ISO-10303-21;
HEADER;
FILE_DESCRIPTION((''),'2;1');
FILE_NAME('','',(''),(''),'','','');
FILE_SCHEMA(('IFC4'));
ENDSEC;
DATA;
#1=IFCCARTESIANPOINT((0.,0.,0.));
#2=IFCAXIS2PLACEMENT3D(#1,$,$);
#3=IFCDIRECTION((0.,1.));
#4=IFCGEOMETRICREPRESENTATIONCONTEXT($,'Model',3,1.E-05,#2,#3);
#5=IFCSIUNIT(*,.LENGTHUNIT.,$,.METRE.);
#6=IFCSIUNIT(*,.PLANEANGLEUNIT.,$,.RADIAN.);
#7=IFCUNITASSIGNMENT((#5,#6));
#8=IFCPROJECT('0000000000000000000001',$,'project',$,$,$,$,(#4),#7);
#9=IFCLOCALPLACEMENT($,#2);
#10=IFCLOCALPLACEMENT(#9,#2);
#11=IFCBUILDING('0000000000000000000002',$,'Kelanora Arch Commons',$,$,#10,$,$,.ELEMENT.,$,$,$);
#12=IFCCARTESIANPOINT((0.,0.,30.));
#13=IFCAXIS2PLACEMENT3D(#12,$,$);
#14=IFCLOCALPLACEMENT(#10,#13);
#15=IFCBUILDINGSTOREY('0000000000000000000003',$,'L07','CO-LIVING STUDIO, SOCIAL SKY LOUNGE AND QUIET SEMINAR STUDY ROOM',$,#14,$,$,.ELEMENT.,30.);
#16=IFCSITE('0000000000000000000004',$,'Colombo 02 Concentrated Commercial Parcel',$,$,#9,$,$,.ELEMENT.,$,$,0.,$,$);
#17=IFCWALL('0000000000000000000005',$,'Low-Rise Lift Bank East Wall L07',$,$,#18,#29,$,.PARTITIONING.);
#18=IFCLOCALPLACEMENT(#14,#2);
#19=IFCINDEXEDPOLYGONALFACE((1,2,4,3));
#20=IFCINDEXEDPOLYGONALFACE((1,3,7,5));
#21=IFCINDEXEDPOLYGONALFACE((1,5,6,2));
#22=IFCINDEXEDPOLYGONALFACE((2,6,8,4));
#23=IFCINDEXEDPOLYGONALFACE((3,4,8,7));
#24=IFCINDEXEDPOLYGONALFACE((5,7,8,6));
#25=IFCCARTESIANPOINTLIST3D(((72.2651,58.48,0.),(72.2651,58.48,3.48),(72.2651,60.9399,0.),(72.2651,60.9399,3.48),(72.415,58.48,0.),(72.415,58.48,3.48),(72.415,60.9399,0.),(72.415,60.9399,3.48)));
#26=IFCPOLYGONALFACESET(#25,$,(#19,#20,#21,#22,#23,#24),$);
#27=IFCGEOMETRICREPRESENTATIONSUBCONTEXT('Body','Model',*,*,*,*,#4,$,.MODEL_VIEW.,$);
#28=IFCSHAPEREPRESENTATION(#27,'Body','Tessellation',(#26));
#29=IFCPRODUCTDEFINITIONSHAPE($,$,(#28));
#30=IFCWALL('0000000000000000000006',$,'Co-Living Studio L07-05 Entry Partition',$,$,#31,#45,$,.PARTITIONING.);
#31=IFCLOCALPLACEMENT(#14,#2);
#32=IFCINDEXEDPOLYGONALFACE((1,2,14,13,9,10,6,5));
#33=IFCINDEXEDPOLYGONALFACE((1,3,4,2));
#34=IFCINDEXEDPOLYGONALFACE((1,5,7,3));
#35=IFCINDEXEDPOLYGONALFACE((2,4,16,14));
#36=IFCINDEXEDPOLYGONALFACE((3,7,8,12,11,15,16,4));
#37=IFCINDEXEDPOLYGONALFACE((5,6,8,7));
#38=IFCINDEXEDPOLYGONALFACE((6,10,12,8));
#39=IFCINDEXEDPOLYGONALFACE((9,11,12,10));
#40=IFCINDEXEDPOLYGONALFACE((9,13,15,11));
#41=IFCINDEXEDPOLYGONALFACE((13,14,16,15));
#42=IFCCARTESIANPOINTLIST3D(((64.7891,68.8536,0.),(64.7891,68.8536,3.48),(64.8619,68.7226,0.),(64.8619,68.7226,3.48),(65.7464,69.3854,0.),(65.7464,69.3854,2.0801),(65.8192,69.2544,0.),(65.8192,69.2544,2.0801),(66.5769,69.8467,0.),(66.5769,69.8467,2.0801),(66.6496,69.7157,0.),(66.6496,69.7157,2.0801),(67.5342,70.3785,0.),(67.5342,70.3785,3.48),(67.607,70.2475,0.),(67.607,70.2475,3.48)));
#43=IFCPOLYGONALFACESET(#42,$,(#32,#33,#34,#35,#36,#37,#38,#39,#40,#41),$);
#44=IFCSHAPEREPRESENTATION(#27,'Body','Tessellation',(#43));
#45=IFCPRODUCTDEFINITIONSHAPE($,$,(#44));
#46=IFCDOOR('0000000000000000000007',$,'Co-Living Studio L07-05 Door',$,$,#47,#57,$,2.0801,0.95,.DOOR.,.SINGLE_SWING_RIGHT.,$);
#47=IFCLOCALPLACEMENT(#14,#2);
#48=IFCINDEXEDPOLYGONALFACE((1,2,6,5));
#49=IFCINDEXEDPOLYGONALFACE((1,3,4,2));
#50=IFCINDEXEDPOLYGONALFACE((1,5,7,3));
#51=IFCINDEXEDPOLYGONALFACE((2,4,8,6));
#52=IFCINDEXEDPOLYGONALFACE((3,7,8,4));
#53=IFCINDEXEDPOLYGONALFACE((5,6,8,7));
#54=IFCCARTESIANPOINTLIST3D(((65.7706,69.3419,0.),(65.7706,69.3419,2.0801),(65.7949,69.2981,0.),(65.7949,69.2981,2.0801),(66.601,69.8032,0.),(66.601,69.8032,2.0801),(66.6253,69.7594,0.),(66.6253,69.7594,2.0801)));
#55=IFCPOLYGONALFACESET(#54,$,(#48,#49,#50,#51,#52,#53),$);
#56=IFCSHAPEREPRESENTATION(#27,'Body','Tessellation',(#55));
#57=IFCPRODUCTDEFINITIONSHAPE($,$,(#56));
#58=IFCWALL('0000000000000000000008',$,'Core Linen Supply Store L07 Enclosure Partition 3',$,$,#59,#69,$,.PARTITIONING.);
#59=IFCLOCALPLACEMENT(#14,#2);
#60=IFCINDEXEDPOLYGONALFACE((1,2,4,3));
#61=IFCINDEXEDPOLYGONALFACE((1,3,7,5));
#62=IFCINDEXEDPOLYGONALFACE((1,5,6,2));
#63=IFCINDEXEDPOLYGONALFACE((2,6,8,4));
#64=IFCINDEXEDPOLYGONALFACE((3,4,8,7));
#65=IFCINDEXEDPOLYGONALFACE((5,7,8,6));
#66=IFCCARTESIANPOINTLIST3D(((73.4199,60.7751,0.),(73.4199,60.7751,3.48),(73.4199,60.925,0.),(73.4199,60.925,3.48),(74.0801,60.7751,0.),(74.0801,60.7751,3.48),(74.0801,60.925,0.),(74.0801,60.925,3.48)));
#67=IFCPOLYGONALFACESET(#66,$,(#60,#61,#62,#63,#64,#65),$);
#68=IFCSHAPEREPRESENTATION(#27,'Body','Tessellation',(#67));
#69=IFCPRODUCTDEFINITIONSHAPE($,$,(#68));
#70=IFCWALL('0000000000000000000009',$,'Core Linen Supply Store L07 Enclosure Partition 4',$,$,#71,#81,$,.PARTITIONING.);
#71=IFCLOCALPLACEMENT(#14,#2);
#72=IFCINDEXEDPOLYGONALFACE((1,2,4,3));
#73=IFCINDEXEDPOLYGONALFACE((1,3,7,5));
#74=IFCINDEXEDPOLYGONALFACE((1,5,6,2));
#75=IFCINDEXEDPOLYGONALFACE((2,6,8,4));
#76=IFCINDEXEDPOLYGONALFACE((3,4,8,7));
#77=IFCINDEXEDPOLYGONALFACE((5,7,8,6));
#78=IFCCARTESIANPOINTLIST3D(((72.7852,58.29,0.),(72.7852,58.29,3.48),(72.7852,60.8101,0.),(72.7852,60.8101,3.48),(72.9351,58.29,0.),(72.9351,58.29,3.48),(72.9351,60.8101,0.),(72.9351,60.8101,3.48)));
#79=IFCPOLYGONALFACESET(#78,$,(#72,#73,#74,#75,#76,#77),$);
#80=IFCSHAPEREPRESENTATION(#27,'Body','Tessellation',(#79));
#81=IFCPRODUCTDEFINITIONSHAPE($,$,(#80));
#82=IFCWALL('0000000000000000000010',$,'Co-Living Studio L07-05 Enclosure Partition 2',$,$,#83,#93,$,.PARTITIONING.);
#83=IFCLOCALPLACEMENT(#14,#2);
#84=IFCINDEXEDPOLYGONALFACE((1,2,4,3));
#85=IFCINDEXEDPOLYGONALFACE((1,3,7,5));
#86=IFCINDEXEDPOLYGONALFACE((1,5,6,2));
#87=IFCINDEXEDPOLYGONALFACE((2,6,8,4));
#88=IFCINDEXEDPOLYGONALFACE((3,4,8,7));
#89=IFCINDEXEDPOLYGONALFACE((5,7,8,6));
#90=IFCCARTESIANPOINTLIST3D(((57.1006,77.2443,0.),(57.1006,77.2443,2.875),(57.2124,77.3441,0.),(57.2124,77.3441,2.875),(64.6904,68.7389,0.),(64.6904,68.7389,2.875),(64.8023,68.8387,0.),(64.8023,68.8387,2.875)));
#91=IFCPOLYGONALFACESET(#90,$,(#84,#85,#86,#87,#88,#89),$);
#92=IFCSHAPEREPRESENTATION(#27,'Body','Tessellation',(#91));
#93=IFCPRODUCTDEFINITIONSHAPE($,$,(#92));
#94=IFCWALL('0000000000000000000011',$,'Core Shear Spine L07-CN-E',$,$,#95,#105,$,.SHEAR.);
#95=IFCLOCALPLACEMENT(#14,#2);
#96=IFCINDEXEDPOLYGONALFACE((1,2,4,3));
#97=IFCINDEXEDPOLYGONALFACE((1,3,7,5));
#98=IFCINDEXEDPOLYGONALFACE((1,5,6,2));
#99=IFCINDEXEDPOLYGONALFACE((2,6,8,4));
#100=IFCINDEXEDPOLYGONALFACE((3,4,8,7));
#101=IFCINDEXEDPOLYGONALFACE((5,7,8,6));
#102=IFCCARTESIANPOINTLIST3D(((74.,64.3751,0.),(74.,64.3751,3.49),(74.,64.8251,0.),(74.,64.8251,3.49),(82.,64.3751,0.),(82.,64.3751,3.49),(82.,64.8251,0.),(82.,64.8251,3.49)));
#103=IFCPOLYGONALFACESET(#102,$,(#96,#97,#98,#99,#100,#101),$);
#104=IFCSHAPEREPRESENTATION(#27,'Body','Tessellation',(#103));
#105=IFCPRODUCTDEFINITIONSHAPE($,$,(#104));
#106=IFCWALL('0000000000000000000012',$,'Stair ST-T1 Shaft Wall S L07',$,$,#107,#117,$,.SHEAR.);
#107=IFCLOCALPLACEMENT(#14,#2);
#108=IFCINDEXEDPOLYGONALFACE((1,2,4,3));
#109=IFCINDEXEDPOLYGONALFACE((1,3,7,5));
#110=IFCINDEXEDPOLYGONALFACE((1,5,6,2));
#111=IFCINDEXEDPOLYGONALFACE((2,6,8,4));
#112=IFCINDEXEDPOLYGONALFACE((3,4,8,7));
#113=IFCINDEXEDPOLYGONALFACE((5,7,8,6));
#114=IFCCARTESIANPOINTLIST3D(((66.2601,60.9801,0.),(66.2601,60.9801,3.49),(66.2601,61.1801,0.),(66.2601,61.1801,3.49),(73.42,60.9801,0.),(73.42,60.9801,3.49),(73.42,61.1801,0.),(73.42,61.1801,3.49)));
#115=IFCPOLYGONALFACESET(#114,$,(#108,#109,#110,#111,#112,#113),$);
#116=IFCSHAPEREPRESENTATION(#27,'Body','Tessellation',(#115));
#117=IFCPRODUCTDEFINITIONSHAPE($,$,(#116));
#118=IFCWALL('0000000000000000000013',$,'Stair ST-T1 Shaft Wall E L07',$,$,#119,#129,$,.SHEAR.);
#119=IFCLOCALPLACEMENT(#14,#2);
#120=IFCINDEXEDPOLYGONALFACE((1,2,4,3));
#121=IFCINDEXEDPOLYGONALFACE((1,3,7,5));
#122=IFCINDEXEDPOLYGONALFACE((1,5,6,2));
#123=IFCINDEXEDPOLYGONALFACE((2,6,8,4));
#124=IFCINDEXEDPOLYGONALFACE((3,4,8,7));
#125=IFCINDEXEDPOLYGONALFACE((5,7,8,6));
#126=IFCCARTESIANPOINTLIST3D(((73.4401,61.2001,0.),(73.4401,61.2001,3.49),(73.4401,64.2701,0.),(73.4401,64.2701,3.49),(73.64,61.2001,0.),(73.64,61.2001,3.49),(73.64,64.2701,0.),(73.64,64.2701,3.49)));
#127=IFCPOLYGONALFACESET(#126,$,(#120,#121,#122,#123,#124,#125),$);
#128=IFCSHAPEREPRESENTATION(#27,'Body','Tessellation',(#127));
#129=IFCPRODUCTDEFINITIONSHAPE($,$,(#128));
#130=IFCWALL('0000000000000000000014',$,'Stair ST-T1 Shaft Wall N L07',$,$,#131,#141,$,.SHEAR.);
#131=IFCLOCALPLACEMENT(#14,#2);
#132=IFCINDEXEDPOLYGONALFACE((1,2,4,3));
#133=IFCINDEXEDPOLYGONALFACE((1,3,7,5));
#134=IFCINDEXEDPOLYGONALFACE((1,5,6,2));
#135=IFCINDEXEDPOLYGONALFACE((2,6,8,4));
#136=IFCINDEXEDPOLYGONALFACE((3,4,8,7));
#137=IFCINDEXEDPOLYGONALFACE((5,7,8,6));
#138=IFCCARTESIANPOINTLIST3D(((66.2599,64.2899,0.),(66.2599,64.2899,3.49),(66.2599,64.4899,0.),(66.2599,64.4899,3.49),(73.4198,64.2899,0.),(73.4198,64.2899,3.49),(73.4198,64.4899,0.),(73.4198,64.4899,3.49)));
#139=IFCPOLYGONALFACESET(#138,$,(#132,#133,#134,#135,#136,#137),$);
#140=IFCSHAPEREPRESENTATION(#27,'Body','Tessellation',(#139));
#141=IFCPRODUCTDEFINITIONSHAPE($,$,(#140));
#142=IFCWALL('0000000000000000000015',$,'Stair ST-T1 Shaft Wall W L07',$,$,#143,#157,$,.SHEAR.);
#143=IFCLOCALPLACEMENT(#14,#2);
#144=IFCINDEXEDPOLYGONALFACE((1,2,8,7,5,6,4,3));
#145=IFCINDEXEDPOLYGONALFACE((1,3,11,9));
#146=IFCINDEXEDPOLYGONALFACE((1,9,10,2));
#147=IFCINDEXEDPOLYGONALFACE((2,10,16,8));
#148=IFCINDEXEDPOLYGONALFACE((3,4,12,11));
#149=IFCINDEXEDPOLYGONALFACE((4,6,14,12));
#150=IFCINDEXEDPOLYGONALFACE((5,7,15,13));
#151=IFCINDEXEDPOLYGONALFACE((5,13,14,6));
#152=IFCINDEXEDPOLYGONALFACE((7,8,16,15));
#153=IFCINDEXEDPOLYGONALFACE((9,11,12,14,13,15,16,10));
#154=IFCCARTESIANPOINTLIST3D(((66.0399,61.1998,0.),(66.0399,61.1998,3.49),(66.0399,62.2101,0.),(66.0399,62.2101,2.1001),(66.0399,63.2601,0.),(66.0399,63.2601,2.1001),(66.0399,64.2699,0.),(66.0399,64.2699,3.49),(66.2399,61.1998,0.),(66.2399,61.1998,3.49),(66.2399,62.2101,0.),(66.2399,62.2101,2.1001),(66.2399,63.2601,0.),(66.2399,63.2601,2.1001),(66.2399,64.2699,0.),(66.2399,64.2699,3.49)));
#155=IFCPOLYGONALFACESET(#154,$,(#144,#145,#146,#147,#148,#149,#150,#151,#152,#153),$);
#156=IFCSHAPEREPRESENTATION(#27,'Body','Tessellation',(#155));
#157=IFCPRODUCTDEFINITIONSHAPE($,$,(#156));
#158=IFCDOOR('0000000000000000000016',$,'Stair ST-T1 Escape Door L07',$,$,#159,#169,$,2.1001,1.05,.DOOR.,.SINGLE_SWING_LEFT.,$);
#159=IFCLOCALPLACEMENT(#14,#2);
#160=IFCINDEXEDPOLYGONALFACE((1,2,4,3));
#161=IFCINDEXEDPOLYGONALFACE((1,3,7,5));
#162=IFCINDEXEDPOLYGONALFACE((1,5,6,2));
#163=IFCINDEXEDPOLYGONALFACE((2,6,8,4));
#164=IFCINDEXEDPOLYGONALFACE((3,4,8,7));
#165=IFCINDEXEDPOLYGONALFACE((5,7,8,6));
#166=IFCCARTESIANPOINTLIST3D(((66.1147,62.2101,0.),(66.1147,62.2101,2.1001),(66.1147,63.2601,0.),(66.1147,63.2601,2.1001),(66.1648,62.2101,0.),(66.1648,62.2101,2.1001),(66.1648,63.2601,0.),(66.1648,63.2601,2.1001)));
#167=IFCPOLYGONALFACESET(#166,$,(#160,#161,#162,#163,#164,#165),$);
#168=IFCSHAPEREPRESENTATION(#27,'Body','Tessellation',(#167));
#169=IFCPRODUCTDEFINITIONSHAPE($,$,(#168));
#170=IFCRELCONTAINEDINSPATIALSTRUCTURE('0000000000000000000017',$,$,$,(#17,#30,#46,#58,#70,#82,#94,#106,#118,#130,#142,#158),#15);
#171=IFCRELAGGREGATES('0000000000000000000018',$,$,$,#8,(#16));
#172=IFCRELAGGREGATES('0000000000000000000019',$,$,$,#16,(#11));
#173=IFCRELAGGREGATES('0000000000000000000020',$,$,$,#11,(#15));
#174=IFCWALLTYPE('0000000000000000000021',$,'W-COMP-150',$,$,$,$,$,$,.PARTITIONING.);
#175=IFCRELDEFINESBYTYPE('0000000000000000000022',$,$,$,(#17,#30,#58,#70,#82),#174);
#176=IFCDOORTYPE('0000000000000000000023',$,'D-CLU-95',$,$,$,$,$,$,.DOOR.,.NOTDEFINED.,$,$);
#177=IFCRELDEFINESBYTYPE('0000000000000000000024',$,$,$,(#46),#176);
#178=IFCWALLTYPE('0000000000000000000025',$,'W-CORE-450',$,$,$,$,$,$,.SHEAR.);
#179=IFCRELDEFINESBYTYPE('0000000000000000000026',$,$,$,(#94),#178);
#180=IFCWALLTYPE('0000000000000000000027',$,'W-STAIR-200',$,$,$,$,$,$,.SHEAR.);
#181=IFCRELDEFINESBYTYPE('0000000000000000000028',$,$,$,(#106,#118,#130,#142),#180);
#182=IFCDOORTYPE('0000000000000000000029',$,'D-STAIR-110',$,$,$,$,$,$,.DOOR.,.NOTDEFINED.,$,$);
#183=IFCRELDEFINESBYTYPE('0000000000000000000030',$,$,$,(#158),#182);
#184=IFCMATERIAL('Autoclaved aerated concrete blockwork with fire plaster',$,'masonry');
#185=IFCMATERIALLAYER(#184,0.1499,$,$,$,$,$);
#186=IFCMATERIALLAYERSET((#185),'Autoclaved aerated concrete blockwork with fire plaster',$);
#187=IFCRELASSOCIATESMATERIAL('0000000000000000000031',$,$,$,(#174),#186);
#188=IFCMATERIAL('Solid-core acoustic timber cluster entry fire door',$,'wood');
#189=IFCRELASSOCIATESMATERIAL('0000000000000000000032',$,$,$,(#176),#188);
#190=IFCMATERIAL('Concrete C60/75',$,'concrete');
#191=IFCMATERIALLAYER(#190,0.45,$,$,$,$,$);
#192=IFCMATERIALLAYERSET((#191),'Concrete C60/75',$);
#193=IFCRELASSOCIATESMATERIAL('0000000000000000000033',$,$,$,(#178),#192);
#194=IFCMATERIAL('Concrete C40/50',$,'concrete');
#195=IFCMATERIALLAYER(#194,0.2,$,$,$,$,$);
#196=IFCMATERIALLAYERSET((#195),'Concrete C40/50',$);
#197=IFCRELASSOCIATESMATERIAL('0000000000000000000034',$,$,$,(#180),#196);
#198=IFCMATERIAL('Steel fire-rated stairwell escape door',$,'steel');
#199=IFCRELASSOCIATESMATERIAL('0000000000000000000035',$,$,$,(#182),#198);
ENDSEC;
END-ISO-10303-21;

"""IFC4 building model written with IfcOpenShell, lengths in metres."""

from ifc_helpers import new_model, si_unit, direction, frame, frame_2d, origin, place, context, subcontext, project, spatial, rectangle, extrude, material, layer, layer_set, type_object, element, fill, save


model = new_model("IFC4")

# Units and contexts
model_context = context("Model", 3, precision=1e-05, world=origin(), true_north=direction((0.0, 1.0)))
body_context = subcontext(model_context, "Body", "Model", "MODEL_VIEW")
ifc_project = project(units=[si_unit("LENGTHUNIT", "METRE"), si_unit("PLANEANGLEUNIT", "RADIAN")], contexts=[model_context])

# Site, building, storey
site_placement = place(None, origin())
site = spatial("IfcSite", under=ifc_project, at=site_placement, Name="Colombo 02 Concentrated Commercial Parcel", CompositionType="ELEMENT", RefElevation=0.0)
building_placement = place(site_placement, origin())
building = spatial("IfcBuilding", under=site, at=building_placement, Name="Kelanora Arch Commons", CompositionType="ELEMENT")
storey_placement = place(building_placement, frame((0.0, 0.0, 30.0)))
storey = spatial("IfcBuildingStorey", under=building, at=storey_placement, Name="L07", Description="CO-LIVING STUDIO, SOCIAL SKY LOUNGE AND QUIET SEMINAR STUDY ROOM", CompositionType="ELEMENT", Elevation=30.0)

# Shared definitions
ifc_material_1 = material(Name="Concrete C60/75", Category="concrete")

# Wall
ifc_material_2 = material(Name="Autoclaved aerated concrete blockwork with fire plaster", Category="masonry")
ifc_layer_1 = layer(ifc_material_2, 0.1499)
ifc_layer_set_1 = layer_set([ifc_layer_1], Name="Autoclaved aerated concrete blockwork with fire plaster")
wall_type_1 = type_object("IfcWallType", Name="W-COMP-150", PredefinedType="PARTITIONING", material=ifc_layer_set_1)
wall_1_placement = place(storey_placement, frame((72.3401, 58.48, 0.0), z_axis=(0.0, 0.0, 1.0), x_axis=(0.0, 1.0, 0.0)))
element("IfcWall", 1, at=wall_1_placement, inside=storey, type_object=wall_type_1, Name="Low-Rise Lift Bank East Wall L07", PredefinedType="PARTITIONING", context=body_context, shape_type="SweptSolid", body=[
    extrude(rectangle(XDim=2.46, YDim=0.1499, at=frame_2d((1.23, 0.0))), origin(), (0.0, 0.0, 1.0), 3.48),
])

# Wall, opening, door
wall_2_placement = place(storey_placement, frame((67.5706, 70.313, 0.0), z_axis=(0.0, 0.0, 1.0), x_axis=(-0.874179, -0.485603, 0.0)))
wall_2 = element("IfcWall", 2, at=wall_2_placement, inside=storey, type_object=wall_type_1, Name="Co-Living Studio L07-05 Entry Partition", PredefinedType="PARTITIONING", context=body_context, shape_type="SweptSolid", body=[
    extrude(rectangle(XDim=3.1401, YDim=0.1499, at=frame_2d((1.5701, 0.0))), origin(), (0.0, 0.0, 1.0), 3.48),
])
opening_1_placement = place(wall_2_placement, frame((1.095, 0.0, 0.0)))
opening_1 = element("IfcOpeningElement", 3, at=opening_1_placement, cuts=wall_2, PredefinedType="OPENING", context=body_context, shape_type="SweptSolid", body=[
    extrude(rectangle(XDim=0.95, YDim=2.0801, at=frame_2d((0.4751, 1.04))), frame((0.0, 0.085, 0.0), z_axis=(0.0, -1.0, 0.0), x_axis=(1.0, 0.0, 0.0)), (0.0, 0.0, 1.0), 0.1699),
])
ifc_material_3 = material(Name="Solid-core acoustic timber cluster entry fire door", Category="wood")
door_type_1 = type_object("IfcDoorType", Name="D-CLU-95", OperationType="NOTDEFINED", PredefinedType="DOOR", material=ifc_material_3)
door_1_placement = place(opening_1_placement, origin())
door_1 = element("IfcDoor", 4, at=door_1_placement, inside=storey, type_object=door_type_1, Name="Co-Living Studio L07-05 Door", OperationType="SINGLE_SWING_RIGHT", OverallHeight=2.0801, OverallWidth=0.95, PredefinedType="DOOR", context=body_context, shape_type="SweptSolid", body=[
    extrude(rectangle(XDim=0.95, YDim=2.0801, at=frame_2d((0.4751, 1.04))), frame((0.0, 0.0249, 0.0), z_axis=(0.0, -1.0, 0.0), x_axis=(1.0, 0.0, 0.0)), (0.0, 0.0, 1.0), 0.05),
])
fill(opening_1, door_1)

# Walls
wall_3_placement = place(storey_placement, frame((74.0801, 60.8501, 0.0), z_axis=(0.0, 0.0, 1.0), x_axis=(-1.0, 0.0, 0.0)))
element("IfcWall", 5, at=wall_3_placement, inside=storey, type_object=wall_type_1, Name="Core Linen Supply Store L07 Enclosure Partition 3", PredefinedType="PARTITIONING", context=body_context, shape_type="SweptSolid", body=[
    extrude(rectangle(XDim=0.6602, YDim=0.1499, at=frame_2d((0.3301, 0.0))), origin(), (0.0, 0.0, 1.0), 3.48),
])
wall_4_placement = place(storey_placement, frame((72.8601, 60.8101, 0.0), z_axis=(0.0, 0.0, 1.0), x_axis=(0.0, -1.0, 0.0)))
element("IfcWall", 6, at=wall_4_placement, inside=storey, type_object=wall_type_1, Name="Core Linen Supply Store L07 Enclosure Partition 4", PredefinedType="PARTITIONING", context=body_context, shape_type="SweptSolid", body=[
    extrude(rectangle(XDim=2.52, YDim=0.1499, at=frame_2d((1.26, 0.0))), origin(), (0.0, 0.0, 1.0), 3.48),
])
wall_5_placement = place(storey_placement, frame((64.7463, 68.7888, 0.0), z_axis=(0.0, 0.0, 1.0), x_axis=(-0.665809, 0.746122, 0.0)))
element("IfcWall", 7, at=wall_5_placement, inside=storey, type_object=wall_type_1, Name="Co-Living Studio L07-05 Enclosure Partition 2", PredefinedType="PARTITIONING", context=body_context, shape_type="SweptSolid", body=[
    extrude(rectangle(XDim=11.3994, YDim=0.1499, at=frame_2d((5.6997, 0.0))), origin(), (0.0, 0.0, 1.0), 2.875),
])
ifc_layer_2 = layer(ifc_material_1, 0.45)
ifc_layer_set_2 = layer_set([ifc_layer_2], Name="Concrete C60/75")
wall_type_2 = type_object("IfcWallType", Name="W-CORE-450", PredefinedType="SHEAR", material=ifc_layer_set_2)
wall_6_placement = place(storey_placement, frame((74.0, 64.6001, 0.0), z_axis=(0.0, 0.0, 1.0), x_axis=(1.0, 0.0, 0.0)))
element("IfcWall", 8, at=wall_6_placement, inside=storey, type_object=wall_type_2, Name="Core Shear Spine L07-CN-E", PredefinedType="SHEAR", context=body_context, shape_type="SweptSolid", body=[
    extrude(rectangle(XDim=8.0, YDim=0.45, at=frame_2d((4.0, 0.0))), origin(), (0.0, 0.0, 1.0), 3.49),
])

# Shared definitions
ifc_material_4 = material(Name="Concrete C40/50", Category="concrete")

# Walls
ifc_layer_3 = layer(ifc_material_4, 0.2)
ifc_layer_set_3 = layer_set([ifc_layer_3], Name="Concrete C40/50")
wall_type_3 = type_object("IfcWallType", Name="W-STAIR-200", PredefinedType="SHEAR", material=ifc_layer_set_3)
wall_7_placement = place(storey_placement, frame((66.26, 61.0801, 0.0), z_axis=(0.0, 0.0, 1.0), x_axis=(1.0, 0.0, 0.0)))
element("IfcWall", 9, at=wall_7_placement, inside=storey, type_object=wall_type_3, Name="Stair ST-T1 Shaft Wall S L07", PredefinedType="SHEAR", context=body_context, shape_type="SweptSolid", body=[
    extrude(rectangle(XDim=7.1599, YDim=0.2, at=frame_2d((3.5801, 0.0))), origin(), (0.0, 0.0, 1.0), 3.49),
])
wall_8_placement = place(storey_placement, frame((73.54, 61.2, 0.0), z_axis=(0.0, 0.0, 1.0), x_axis=(0.0, 1.0, 0.0)))
element("IfcWall", 10, at=wall_8_placement, inside=storey, type_object=wall_type_3, Name="Stair ST-T1 Shaft Wall E L07", PredefinedType="SHEAR", context=body_context, shape_type="SweptSolid", body=[
    extrude(rectangle(XDim=3.0701, YDim=0.2, at=frame_2d((1.5352, 0.0))), origin(), (0.0, 0.0, 1.0), 3.49),
])
wall_9_placement = place(storey_placement, frame((73.4199, 64.3899, 0.0), z_axis=(0.0, 0.0, 1.0), x_axis=(-1.0, 0.0, 0.0)))
element("IfcWall", 11, at=wall_9_placement, inside=storey, type_object=wall_type_3, Name="Stair ST-T1 Shaft Wall N L07", PredefinedType="SHEAR", context=body_context, shape_type="SweptSolid", body=[
    extrude(rectangle(XDim=7.1599, YDim=0.2, at=frame_2d((3.5801, 0.0))), origin(), (0.0, 0.0, 1.0), 3.49),
])

# Wall, opening, door
wall_10_placement = place(storey_placement, frame((66.1399, 64.27, 0.0), z_axis=(0.0, 0.0, 1.0), x_axis=(0.0, -1.0, 0.0)))
wall_10 = element("IfcWall", 12, at=wall_10_placement, inside=storey, type_object=wall_type_3, Name="Stair ST-T1 Shaft Wall W L07", PredefinedType="SHEAR", context=body_context, shape_type="SweptSolid", body=[
    extrude(rectangle(XDim=3.0701, YDim=0.2, at=frame_2d((1.5352, 0.0))), origin(), (0.0, 0.0, 1.0), 3.49),
])
opening_2_placement = place(wall_10_placement, frame((1.01, 0.0, 0.0)))
opening_2 = element("IfcOpeningElement", 13, at=opening_2_placement, cuts=wall_10, PredefinedType="OPENING", context=body_context, shape_type="SweptSolid", body=[
    extrude(rectangle(XDim=1.05, YDim=2.1001, at=frame_2d((0.5249, 1.05))), frame((0.0, 0.1099, 0.0), z_axis=(0.0, -1.0, 0.0), x_axis=(1.0, 0.0, 0.0)), (0.0, 0.0, 1.0), 0.22),
])
ifc_material_5 = material(Name="Steel fire-rated stairwell escape door", Category="steel")
door_type_2 = type_object("IfcDoorType", Name="D-STAIR-110", OperationType="NOTDEFINED", PredefinedType="DOOR", material=ifc_material_5)
door_2_placement = place(opening_2_placement, origin())
door_2 = element("IfcDoor", 14, at=door_2_placement, inside=storey, type_object=door_type_2, Name="Stair ST-T1 Escape Door L07", OperationType="SINGLE_SWING_LEFT", OverallHeight=2.1001, OverallWidth=1.05, PredefinedType="DOOR", context=body_context, shape_type="SweptSolid", body=[
    extrude(rectangle(XDim=1.05, YDim=2.1001, at=frame_2d((0.5249, 1.05))), frame((0.0, 0.0249, 0.0), z_axis=(0.0, -1.0, 0.0), x_axis=(1.0, 0.0, 0.0)), (0.0, 0.0, 1.0), 0.05),
])
fill(opening_2, door_2)

save(model, "model.ifc")
